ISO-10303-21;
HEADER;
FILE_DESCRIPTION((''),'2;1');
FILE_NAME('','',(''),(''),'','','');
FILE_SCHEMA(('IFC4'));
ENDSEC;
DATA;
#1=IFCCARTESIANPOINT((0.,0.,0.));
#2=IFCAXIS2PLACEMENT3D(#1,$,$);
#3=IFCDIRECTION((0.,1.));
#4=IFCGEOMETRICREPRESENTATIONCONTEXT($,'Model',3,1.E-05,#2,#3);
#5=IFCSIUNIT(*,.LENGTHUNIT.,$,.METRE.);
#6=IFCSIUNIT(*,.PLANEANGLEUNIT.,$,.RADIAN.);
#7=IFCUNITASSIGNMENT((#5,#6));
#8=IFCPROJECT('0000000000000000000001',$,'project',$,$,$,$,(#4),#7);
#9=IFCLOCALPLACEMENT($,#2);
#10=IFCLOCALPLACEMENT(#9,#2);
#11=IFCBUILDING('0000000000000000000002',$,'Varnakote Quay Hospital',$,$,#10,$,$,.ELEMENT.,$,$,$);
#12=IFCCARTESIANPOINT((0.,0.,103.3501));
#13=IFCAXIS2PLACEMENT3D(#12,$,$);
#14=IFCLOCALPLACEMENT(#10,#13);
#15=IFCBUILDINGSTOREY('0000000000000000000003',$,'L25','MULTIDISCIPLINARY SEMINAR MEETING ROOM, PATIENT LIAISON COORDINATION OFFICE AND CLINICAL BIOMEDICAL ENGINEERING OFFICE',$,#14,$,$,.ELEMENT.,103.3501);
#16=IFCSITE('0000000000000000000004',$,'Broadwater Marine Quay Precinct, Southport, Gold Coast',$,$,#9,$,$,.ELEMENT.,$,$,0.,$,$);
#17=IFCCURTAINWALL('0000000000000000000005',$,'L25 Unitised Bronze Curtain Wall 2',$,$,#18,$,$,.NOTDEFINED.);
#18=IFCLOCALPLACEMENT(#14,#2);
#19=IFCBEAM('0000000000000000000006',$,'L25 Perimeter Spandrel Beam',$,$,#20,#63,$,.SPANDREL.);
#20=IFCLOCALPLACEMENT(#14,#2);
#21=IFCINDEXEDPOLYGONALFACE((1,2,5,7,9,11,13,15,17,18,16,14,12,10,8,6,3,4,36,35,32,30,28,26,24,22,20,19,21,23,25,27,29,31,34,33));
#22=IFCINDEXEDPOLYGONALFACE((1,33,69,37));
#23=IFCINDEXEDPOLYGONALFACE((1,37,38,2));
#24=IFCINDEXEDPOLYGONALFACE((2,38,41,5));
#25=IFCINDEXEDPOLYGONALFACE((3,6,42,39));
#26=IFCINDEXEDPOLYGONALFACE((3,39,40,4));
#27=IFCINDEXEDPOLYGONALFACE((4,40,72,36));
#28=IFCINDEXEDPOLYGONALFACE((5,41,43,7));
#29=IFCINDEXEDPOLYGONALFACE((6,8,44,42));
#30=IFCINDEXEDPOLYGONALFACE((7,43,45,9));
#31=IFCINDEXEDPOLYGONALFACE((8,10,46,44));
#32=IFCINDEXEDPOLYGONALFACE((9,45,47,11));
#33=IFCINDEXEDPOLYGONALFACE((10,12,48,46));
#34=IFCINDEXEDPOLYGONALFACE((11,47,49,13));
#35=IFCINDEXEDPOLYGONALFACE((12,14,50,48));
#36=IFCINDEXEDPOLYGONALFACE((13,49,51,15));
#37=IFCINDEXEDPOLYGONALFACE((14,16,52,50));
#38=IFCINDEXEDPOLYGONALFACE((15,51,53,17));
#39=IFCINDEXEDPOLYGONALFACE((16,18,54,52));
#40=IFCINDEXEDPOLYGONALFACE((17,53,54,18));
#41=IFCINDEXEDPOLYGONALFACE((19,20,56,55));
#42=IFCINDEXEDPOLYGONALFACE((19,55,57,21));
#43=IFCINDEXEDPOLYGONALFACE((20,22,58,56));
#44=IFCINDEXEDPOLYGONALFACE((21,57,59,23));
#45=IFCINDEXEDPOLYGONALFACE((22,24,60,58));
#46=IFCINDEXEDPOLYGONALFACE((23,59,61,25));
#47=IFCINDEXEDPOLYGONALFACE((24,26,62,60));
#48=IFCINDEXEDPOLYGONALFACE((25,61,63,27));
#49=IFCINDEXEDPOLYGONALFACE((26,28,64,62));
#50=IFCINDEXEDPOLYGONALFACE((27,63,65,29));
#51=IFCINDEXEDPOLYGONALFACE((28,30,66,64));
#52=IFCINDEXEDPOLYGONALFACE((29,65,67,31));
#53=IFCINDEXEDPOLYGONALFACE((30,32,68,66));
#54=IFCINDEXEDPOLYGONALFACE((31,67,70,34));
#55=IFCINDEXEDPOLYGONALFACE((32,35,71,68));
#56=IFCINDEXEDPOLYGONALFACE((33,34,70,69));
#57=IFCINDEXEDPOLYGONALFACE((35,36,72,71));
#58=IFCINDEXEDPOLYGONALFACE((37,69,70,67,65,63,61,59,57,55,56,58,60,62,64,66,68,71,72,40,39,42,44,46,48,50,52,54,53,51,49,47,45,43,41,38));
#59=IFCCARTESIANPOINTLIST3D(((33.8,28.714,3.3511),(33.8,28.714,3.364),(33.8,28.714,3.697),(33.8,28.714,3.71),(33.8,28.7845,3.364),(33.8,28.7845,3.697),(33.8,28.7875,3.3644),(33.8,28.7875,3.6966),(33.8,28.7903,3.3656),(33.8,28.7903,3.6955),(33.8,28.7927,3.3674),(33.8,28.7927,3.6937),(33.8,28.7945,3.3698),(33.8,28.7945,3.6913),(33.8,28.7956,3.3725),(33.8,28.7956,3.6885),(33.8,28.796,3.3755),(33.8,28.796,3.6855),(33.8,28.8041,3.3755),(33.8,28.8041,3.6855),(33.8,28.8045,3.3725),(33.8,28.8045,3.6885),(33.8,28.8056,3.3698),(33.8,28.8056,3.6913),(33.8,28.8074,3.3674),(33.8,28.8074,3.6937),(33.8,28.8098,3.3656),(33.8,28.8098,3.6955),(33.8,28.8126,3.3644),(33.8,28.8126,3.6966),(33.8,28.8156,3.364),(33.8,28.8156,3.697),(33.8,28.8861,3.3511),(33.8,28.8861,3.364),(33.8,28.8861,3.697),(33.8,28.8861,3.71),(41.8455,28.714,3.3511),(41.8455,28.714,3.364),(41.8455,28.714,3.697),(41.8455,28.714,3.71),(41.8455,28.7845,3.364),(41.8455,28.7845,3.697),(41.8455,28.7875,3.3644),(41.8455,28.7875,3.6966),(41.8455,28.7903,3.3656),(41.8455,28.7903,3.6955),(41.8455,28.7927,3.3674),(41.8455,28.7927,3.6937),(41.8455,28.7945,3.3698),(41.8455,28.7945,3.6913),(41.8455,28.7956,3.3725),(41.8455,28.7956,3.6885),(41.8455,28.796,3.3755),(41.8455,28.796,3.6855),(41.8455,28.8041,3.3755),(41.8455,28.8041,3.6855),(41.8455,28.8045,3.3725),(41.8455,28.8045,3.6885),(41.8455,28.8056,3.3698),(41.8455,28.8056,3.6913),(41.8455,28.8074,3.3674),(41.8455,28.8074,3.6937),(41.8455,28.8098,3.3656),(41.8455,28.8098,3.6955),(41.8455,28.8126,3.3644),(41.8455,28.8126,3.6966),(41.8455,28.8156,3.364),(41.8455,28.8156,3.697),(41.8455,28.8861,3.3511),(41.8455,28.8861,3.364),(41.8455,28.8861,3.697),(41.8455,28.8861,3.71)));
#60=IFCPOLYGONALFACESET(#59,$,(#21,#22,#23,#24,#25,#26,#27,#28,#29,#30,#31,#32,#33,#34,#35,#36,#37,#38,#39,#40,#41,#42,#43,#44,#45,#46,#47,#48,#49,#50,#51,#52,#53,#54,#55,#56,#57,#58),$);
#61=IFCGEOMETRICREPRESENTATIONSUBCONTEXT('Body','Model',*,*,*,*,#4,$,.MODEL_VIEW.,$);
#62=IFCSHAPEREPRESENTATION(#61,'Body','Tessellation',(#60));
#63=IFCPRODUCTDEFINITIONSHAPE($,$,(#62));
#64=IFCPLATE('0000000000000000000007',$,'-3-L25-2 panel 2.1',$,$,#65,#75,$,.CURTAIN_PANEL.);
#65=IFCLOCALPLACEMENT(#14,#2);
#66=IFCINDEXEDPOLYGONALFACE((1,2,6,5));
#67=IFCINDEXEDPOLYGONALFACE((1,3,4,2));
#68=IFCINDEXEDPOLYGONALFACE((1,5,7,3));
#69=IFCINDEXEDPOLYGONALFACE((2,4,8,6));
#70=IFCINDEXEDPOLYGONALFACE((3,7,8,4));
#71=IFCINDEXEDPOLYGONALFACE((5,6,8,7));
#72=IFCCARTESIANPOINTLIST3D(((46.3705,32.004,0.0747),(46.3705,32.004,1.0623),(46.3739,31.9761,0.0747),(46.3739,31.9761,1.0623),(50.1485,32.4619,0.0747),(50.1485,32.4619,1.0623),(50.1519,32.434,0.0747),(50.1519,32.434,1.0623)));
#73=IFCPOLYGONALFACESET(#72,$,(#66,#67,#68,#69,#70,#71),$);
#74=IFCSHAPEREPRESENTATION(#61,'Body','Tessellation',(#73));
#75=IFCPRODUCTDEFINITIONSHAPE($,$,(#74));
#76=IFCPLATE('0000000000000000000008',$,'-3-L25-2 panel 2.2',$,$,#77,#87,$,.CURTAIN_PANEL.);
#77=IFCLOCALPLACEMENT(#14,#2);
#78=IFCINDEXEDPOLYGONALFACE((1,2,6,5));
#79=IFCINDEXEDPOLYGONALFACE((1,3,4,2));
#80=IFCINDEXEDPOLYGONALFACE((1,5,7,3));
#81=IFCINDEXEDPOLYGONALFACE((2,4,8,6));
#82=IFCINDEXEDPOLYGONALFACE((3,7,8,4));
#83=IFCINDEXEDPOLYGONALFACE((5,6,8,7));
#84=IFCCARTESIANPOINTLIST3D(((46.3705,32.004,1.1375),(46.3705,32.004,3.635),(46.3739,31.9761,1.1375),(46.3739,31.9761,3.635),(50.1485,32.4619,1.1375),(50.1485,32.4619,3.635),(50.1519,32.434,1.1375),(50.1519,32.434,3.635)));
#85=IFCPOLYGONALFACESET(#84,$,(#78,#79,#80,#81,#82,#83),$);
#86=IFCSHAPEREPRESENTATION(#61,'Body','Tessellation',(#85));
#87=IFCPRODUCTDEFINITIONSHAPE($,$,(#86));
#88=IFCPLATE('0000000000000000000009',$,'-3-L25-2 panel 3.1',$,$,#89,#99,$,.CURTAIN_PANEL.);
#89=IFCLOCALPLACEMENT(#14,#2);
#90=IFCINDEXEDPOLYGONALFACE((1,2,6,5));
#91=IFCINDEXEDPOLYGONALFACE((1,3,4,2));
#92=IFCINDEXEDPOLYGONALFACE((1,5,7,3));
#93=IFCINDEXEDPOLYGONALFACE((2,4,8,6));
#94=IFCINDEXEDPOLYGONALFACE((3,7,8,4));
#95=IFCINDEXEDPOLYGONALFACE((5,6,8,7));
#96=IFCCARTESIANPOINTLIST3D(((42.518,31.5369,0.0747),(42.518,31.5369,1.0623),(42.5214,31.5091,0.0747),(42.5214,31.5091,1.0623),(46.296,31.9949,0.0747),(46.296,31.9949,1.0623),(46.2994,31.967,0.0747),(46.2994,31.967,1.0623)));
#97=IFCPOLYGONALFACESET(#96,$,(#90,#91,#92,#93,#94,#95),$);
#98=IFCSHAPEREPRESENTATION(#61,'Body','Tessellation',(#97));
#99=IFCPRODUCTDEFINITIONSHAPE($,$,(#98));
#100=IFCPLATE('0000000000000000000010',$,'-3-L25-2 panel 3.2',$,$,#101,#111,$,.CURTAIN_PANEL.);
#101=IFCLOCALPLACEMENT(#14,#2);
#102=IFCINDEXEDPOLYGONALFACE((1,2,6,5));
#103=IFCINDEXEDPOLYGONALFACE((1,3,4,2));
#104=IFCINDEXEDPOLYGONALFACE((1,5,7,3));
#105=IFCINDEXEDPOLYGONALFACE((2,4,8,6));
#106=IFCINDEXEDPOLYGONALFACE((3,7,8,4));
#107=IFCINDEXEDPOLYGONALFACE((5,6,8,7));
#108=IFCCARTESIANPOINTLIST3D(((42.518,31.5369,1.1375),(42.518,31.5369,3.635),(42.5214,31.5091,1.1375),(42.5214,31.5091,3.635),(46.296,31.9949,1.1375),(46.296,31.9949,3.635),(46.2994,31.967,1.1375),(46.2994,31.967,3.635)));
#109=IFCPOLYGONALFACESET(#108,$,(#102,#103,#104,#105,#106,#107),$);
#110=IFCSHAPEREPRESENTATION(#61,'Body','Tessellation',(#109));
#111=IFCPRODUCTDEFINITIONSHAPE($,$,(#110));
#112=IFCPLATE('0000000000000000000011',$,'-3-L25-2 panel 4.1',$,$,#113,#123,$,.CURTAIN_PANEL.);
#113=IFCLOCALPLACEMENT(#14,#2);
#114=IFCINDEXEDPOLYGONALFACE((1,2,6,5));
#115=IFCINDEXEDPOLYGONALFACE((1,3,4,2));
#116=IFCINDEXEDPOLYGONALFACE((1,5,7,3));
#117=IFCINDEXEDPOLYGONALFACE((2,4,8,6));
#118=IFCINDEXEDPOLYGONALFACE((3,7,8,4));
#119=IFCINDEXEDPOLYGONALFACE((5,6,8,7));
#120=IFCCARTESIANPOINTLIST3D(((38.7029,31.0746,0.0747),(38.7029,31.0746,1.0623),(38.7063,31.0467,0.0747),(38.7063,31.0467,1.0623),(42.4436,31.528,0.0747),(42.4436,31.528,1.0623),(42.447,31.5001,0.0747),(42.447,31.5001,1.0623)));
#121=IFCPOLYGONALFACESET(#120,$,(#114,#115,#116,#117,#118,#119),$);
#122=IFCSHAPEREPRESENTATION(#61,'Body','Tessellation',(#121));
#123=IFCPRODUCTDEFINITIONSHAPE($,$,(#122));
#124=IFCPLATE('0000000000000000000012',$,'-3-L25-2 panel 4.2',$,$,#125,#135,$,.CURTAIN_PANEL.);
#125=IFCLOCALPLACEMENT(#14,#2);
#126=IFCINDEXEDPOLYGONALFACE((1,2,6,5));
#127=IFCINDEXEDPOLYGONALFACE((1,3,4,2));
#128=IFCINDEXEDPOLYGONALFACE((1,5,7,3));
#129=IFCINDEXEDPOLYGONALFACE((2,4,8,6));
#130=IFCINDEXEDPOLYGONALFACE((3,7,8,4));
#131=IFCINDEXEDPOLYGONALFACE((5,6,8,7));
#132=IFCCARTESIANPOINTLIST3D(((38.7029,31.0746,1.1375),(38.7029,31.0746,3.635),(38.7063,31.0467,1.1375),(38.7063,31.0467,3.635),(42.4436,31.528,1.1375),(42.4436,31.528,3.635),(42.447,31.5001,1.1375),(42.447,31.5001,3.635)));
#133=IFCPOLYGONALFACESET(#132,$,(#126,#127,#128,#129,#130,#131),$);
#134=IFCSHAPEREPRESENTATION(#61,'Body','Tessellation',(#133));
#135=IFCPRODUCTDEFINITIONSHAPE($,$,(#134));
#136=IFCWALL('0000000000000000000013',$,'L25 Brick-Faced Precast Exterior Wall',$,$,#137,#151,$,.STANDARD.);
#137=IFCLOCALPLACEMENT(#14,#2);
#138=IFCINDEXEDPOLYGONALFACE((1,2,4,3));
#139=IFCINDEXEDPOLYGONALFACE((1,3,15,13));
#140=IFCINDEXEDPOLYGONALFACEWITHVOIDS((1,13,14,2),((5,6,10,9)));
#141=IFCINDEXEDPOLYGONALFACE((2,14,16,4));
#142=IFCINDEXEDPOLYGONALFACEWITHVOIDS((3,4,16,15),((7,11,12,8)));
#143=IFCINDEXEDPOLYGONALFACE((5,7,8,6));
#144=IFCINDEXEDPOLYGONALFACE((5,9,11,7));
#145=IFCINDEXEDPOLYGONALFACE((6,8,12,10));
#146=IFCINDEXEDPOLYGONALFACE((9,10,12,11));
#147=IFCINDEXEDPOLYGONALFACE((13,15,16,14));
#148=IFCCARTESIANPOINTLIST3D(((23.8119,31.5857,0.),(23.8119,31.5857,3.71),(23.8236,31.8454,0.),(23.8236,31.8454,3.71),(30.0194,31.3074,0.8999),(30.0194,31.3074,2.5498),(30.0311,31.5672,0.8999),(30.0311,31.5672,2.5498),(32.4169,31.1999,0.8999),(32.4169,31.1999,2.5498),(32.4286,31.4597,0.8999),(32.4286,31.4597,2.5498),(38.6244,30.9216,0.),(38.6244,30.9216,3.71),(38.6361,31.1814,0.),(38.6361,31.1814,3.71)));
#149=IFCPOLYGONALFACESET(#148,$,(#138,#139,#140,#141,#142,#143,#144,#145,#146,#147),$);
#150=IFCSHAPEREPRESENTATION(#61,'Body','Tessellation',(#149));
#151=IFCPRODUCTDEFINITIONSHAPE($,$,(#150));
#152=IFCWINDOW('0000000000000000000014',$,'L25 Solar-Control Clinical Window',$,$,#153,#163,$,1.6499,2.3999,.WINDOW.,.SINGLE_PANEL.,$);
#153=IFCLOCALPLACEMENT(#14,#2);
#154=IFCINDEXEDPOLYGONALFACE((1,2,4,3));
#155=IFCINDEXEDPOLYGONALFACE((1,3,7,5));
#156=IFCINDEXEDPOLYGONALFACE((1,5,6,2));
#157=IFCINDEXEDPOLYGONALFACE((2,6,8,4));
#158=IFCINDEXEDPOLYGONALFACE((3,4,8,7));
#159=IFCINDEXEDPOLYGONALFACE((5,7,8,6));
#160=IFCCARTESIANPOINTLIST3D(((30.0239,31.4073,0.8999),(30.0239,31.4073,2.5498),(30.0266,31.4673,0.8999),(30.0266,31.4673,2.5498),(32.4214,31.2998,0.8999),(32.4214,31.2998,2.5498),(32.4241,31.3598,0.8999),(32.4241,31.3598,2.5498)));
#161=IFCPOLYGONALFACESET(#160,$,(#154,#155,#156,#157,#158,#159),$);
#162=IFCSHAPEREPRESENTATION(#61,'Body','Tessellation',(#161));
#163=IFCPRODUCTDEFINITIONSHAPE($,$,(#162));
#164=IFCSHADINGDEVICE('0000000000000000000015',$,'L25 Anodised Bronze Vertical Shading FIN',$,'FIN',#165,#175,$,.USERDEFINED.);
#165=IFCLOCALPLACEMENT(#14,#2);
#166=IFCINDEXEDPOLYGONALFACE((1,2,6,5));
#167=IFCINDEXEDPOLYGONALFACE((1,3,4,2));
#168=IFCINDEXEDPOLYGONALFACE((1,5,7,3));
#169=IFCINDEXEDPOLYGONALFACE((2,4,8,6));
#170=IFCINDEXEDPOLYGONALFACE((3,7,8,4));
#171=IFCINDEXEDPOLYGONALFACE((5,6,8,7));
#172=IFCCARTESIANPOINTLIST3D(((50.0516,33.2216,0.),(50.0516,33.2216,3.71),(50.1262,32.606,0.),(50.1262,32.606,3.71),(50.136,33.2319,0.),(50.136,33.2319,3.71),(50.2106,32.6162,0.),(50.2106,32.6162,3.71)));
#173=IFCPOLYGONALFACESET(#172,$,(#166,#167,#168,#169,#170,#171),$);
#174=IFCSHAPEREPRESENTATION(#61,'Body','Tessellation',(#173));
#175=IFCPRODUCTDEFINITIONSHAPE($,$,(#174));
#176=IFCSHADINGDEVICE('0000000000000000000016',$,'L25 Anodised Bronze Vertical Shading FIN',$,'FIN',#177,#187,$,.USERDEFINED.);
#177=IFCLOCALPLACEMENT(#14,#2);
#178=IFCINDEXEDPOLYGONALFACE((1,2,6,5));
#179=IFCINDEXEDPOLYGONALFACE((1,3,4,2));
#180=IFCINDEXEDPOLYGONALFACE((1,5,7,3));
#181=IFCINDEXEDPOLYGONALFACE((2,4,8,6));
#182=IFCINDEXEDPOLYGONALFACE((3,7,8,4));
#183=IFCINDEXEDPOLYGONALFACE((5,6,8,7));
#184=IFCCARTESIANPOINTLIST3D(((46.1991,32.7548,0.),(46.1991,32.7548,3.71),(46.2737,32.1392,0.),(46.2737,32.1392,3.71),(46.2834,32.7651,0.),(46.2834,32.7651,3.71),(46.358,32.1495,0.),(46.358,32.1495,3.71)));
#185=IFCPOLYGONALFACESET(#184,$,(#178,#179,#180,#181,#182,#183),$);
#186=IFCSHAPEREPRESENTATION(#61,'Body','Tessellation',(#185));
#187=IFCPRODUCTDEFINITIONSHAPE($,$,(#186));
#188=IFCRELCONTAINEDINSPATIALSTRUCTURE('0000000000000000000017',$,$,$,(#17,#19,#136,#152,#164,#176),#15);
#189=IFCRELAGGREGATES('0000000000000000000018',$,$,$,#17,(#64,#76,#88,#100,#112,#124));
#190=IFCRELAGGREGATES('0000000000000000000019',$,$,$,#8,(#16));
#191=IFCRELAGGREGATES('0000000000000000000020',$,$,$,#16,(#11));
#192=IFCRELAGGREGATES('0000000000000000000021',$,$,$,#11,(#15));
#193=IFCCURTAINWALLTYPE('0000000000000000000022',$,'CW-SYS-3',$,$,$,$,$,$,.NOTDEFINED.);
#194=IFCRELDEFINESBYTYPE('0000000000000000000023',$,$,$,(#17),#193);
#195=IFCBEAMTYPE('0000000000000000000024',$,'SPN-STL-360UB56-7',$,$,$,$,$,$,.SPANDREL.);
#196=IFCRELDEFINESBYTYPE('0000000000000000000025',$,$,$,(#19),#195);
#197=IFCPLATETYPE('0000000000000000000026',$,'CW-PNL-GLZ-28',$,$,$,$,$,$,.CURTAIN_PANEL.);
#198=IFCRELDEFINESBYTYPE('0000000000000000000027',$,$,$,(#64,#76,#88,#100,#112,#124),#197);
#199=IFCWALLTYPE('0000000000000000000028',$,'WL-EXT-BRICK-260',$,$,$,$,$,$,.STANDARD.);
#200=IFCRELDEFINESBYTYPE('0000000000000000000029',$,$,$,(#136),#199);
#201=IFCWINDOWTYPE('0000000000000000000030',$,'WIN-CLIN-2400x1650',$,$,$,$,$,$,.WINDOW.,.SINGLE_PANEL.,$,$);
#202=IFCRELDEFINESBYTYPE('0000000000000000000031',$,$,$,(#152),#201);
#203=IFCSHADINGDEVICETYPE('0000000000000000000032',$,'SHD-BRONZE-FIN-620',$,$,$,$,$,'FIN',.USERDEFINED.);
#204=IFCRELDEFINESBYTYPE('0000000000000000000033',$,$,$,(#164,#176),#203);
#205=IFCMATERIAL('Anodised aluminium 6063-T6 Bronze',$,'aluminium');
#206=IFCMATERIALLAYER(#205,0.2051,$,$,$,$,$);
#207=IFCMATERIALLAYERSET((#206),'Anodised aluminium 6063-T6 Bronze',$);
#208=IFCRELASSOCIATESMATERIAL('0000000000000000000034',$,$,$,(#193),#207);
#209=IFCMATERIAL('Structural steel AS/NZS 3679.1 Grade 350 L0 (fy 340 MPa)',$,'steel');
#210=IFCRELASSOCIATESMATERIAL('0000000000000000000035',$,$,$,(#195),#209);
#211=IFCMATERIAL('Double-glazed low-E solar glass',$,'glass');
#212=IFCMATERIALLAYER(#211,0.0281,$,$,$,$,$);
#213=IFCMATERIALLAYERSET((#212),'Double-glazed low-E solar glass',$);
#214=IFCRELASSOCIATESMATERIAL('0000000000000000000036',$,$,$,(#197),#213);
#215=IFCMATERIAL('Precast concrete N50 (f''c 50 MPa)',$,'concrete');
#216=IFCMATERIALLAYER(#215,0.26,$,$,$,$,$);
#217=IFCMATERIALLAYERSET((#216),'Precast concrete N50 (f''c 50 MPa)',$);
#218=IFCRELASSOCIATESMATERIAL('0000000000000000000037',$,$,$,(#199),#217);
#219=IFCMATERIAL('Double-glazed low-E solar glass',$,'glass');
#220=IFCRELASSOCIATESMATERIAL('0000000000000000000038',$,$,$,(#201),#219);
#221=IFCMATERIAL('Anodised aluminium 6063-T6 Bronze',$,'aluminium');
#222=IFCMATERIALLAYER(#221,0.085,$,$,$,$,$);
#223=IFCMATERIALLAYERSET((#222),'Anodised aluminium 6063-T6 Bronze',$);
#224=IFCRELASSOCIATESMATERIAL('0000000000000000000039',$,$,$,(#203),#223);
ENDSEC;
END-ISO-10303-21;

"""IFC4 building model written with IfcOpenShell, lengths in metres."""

from ifc_helpers import new_model, si_unit, direction, frame, frame_2d, origin, origin_2d, place, context, subcontext, project, spatial, rectangle, i_section, extrude, material, layer, layer_set, material_profile, profile_set, type_object, element, fill, aggregate, save


model = new_model("IFC4")

# Units and contexts
model_context = context("Model", 3, precision=1e-05, world=origin(), true_north=direction((0.0, 1.0)))
body_context = subcontext(model_context, "Body", "Model", "MODEL_VIEW")
ifc_project = project(units=[si_unit("LENGTHUNIT", "METRE"), si_unit("PLANEANGLEUNIT", "RADIAN")], contexts=[model_context])

# Site, building, storey
site_placement = place(None, origin())
site = spatial("IfcSite", under=ifc_project, at=site_placement, Name="Broadwater Marine Quay Precinct, Southport, Gold Coast", CompositionType="ELEMENT", RefElevation=0.0)
building_placement = place(site_placement, origin())
building = spatial("IfcBuilding", under=site, at=building_placement, Name="Varnakote Quay Hospital", CompositionType="ELEMENT")
storey_placement = place(building_placement, frame((0.0, 0.0, 103.3501)))
storey = spatial("IfcBuildingStorey", under=building, at=storey_placement, Name="L25", Description="MULTIDISCIPLINARY SEMINAR MEETING ROOM, PATIENT LIAISON COORDINATION OFFICE AND CLINICAL BIOMEDICAL ENGINEERING OFFICE", CompositionType="ELEMENT", Elevation=103.3501)

# Curtain wall
ifc_material_1 = material(Name="Anodised aluminium 6063-T6 Bronze", Category="aluminium")
ifc_layer_1 = layer(ifc_material_1, 0.2051)
ifc_layer_set_1 = layer_set([ifc_layer_1], Name="Anodised aluminium 6063-T6 Bronze")
curtain_wall_type = type_object("IfcCurtainWallType", Name="CW-SYS-3", PredefinedType="NOTDEFINED", material=ifc_layer_set_1)
curtain_wall_placement = place(storey_placement, origin())
curtain_wall = element("IfcCurtainWall", 1, at=curtain_wall_placement, inside=storey, type_object=curtain_wall_type, Name="L25 Unitised Bronze Curtain Wall 2", PredefinedType="NOTDEFINED")

# Beam
ifc_material_2 = material(Name="Structural steel AS/NZS 3679.1 Grade 350 L0 (fy 340 MPa)", Category="steel")
ifc_material_profile_1 = material_profile(ifc_material_2, i_section(OverallWidth=0.1721, OverallDepth=0.3589, WebThickness=0.0081, FlangeThickness=0.0129, FilletRadius=0.0115, at=origin_2d()), Name="360UB56.7")
ifc_profile_set_1 = profile_set([ifc_material_profile_1], Name="Structural steel AS/NZS 3679.1 Grade 350 L0 (fy 340 MPa)")
beam_type_1 = type_object("IfcBeamType", Name="SPN-STL-360UB56-7", PredefinedType="SPANDREL", material=ifc_profile_set_1)
beam_1_placement = place(storey_placement, frame((33.8, 28.8, 3.5305), z_axis=(1.0, 0.0, 0.0), x_axis=(0.0, 1.0, 0.0)))
element("IfcBeam", 2, at=beam_1_placement, inside=storey, type_object=beam_type_1, Name="L25 Perimeter Spandrel Beam", PredefinedType="SPANDREL", context=body_context, shape_type="SweptSolid", body=[
    extrude(i_section(OverallWidth=0.1721, OverallDepth=0.3589, WebThickness=0.0081, FlangeThickness=0.0129, FilletRadius=0.0115, at=origin_2d()), origin(), (0.0, 0.0, 1.0), 8.0454),
])

# Plates
ifc_material_3 = material(Name="Double-glazed low-E solar glass", Category="glass")
ifc_layer_2 = layer(ifc_material_3, 0.0281)
ifc_layer_set_2 = layer_set([ifc_layer_2], Name="Double-glazed low-E solar glass")
plate_type = type_object("IfcPlateType", Name="CW-PNL-GLZ-28", PredefinedType="CURTAIN_PANEL", material=ifc_layer_set_2)
plate_1_placement = place(storey_placement, frame((48.2612, 32.219, 0.0747), z_axis=(0.0, 0.0, 1.0), x_axis=(-0.992734, -0.120327, 0.0)))
plate_1 = element("IfcPlate", 3, at=plate_1_placement, type_object=plate_type, Name="-3-L25-2 panel 2.1", PredefinedType="CURTAIN_PANEL", context=body_context, shape_type="SweptSolid", body=[
    extrude(rectangle(XDim=3.8057, YDim=0.0281, at=origin_2d()), origin(), (0.0, 0.0, 1.0), 0.9875),
])
plate_2_placement = place(storey_placement, frame((48.2612, 32.219, 1.1375), z_axis=(0.0, 0.0, 1.0), x_axis=(-0.992734, -0.120327, 0.0)))
plate_2 = element("IfcPlate", 4, at=plate_2_placement, type_object=plate_type, Name="-3-L25-2 panel 2.2", PredefinedType="CURTAIN_PANEL", context=body_context, shape_type="SweptSolid", body=[
    extrude(rectangle(XDim=3.8057, YDim=0.0281, at=origin_2d()), origin(), (0.0, 0.0, 1.0), 2.4976),
])
plate_3_placement = place(storey_placement, frame((44.4087, 31.752, 0.0747), z_axis=(0.0, 0.0, 1.0), x_axis=(-0.992734, -0.120327, 0.0)))
plate_3 = element("IfcPlate", 5, at=plate_3_placement, type_object=plate_type, Name="-3-L25-2 panel 3.1", PredefinedType="CURTAIN_PANEL", context=body_context, shape_type="SweptSolid", body=[
    extrude(rectangle(XDim=3.8057, YDim=0.0281, at=origin_2d()), origin(), (0.0, 0.0, 1.0), 0.9875),
])
plate_4_placement = place(storey_placement, frame((44.4087, 31.752, 1.1375), z_axis=(0.0, 0.0, 1.0), x_axis=(-0.992734, -0.120327, 0.0)))
plate_4 = element("IfcPlate", 6, at=plate_4_placement, type_object=plate_type, Name="-3-L25-2 panel 3.2", PredefinedType="CURTAIN_PANEL", context=body_context, shape_type="SweptSolid", body=[
    extrude(rectangle(XDim=3.8057, YDim=0.0281, at=origin_2d()), origin(), (0.0, 0.0, 1.0), 2.4976),
])
plate_5_placement = place(storey_placement, frame((40.575, 31.2874, 0.0747), z_axis=(0.0, 0.0, 1.0), x_axis=(-0.992734, -0.120327, 0.0)))
plate_5 = element("IfcPlate", 7, at=plate_5_placement, type_object=plate_type, Name="-3-L25-2 panel 4.1", PredefinedType="CURTAIN_PANEL", context=body_context, shape_type="SweptSolid", body=[
    extrude(rectangle(XDim=3.7681, YDim=0.0281, at=origin_2d()), origin(), (0.0, 0.0, 1.0), 0.9875),
])
plate_6_placement = place(storey_placement, frame((40.575, 31.2874, 1.1375), z_axis=(0.0, 0.0, 1.0), x_axis=(-0.992734, -0.120327, 0.0)))
plate_6 = element("IfcPlate", 8, at=plate_6_placement, type_object=plate_type, Name="-3-L25-2 panel 4.2", PredefinedType="CURTAIN_PANEL", context=body_context, shape_type="SweptSolid", body=[
    extrude(rectangle(XDim=3.7681, YDim=0.0281, at=origin_2d()), origin(), (0.0, 0.0, 1.0), 2.4976),
])
aggregate(curtain_wall, [plate_1, plate_2, plate_3, plate_4, plate_5, plate_6])

# Wall, opening, window
ifc_material_4 = material(Name="Precast concrete N50 (f'c 50 MPa)", Category="concrete")
ifc_layer_3 = layer(ifc_material_4, 0.26)
ifc_layer_set_3 = layer_set([ifc_layer_3], Name="Precast concrete N50 (f'c 50 MPa)")
wall_type = type_object("IfcWallType", Name="WL-EXT-BRICK-260", PredefinedType="STANDARD", material=ifc_layer_set_3)
wall_placement = place(storey_placement, frame((38.6301, 31.0515, 0.0), z_axis=(0.0, 0.0, 1.0), x_axis=(-0.998997, 0.044786, 0.0)))
wall = element("IfcWall", 9, at=wall_placement, inside=storey, type_object=wall_type, Name="L25 Brick-Faced Precast Exterior Wall", PredefinedType="STANDARD", context=body_context, shape_type="SweptSolid", body=[
    extrude(rectangle(XDim=14.8274, YDim=0.26, at=frame_2d((7.4136, 0.0))), origin(), (0.0, 0.0, 1.0), 3.71),
])
opening_placement = place(wall_placement, frame((6.2136, 0.0, 0.8999)))
opening = element("IfcOpeningElement", 10, at=opening_placement, cuts=wall, PredefinedType="OPENING", context=body_context, shape_type="SweptSolid", body=[
    extrude(rectangle(XDim=2.3999, YDim=1.6499, at=frame_2d((1.2, 0.825))), frame((0.0, 0.1399, 0.0), z_axis=(0.0, -1.0, 0.0), x_axis=(1.0, 0.0, 0.0)), (0.0, 0.0, 1.0), 0.28),
])
ifc_material_5 = material(Name="Double-glazed low-E solar glass", Category="glass")
window_type = type_object("IfcWindowType", Name="WIN-CLIN-2400x1650", PartitioningType="SINGLE_PANEL", PredefinedType="WINDOW", material=ifc_material_5)
window_placement = place(opening_placement, origin())
window = element("IfcWindow", 11, at=window_placement, inside=storey, type_object=window_type, Name="L25 Solar-Control Clinical Window", OverallHeight=1.6499, OverallWidth=2.3999, PartitioningType="SINGLE_PANEL", PredefinedType="WINDOW", context=body_context, shape_type="SweptSolid", body=[
    extrude(rectangle(XDim=2.3999, YDim=1.6499, at=frame_2d((1.2, 0.825))), frame((0.0, 0.03, 0.0), z_axis=(0.0, -1.0, 0.0), x_axis=(1.0, 0.0, 0.0)), (0.0, 0.0, 1.0), 0.0601),
])
fill(opening, window)

# Shading devices
ifc_material_6 = material(Name="Anodised aluminium 6063-T6 Bronze", Category="aluminium")
ifc_layer_4 = layer(ifc_material_6, 0.085)
ifc_layer_set_4 = layer_set([ifc_layer_4], Name="Anodised aluminium 6063-T6 Bronze")
shading_device_type = type_object("IfcShadingDeviceType", Name="SHD-BRONZE-FIN-620", ElementType="FIN", PredefinedType="USERDEFINED", material=ifc_layer_set_4)
for number, where, z_axis, x_axis, name in (
    (12, (50.1311, 32.9189, 0.0), (0.0, 0.0, 1.0), (0.12031, -0.992736, 0.0), "L25 Anodised Bronze Vertical Shading FIN"),
    (13, (46.2786, 32.4521, 0.0), (0.0, 0.0, 1.0), (0.12031, -0.992736, 0.0), "L25 Anodised Bronze Vertical Shading FIN"),
):
    element("IfcShadingDevice", number, at=place(storey_placement, frame(where, z_axis=z_axis, x_axis=x_axis)), inside=storey, type_object=shading_device_type, Name=name, ObjectType="FIN", PredefinedType="USERDEFINED", context=body_context, shape_type="SweptSolid", body=[
        extrude(rectangle(XDim=0.6201, YDim=0.085, at=origin_2d()), origin(), (0.0, 0.0, 1.0), 3.71),
    ])

save(model, "model.ifc")
